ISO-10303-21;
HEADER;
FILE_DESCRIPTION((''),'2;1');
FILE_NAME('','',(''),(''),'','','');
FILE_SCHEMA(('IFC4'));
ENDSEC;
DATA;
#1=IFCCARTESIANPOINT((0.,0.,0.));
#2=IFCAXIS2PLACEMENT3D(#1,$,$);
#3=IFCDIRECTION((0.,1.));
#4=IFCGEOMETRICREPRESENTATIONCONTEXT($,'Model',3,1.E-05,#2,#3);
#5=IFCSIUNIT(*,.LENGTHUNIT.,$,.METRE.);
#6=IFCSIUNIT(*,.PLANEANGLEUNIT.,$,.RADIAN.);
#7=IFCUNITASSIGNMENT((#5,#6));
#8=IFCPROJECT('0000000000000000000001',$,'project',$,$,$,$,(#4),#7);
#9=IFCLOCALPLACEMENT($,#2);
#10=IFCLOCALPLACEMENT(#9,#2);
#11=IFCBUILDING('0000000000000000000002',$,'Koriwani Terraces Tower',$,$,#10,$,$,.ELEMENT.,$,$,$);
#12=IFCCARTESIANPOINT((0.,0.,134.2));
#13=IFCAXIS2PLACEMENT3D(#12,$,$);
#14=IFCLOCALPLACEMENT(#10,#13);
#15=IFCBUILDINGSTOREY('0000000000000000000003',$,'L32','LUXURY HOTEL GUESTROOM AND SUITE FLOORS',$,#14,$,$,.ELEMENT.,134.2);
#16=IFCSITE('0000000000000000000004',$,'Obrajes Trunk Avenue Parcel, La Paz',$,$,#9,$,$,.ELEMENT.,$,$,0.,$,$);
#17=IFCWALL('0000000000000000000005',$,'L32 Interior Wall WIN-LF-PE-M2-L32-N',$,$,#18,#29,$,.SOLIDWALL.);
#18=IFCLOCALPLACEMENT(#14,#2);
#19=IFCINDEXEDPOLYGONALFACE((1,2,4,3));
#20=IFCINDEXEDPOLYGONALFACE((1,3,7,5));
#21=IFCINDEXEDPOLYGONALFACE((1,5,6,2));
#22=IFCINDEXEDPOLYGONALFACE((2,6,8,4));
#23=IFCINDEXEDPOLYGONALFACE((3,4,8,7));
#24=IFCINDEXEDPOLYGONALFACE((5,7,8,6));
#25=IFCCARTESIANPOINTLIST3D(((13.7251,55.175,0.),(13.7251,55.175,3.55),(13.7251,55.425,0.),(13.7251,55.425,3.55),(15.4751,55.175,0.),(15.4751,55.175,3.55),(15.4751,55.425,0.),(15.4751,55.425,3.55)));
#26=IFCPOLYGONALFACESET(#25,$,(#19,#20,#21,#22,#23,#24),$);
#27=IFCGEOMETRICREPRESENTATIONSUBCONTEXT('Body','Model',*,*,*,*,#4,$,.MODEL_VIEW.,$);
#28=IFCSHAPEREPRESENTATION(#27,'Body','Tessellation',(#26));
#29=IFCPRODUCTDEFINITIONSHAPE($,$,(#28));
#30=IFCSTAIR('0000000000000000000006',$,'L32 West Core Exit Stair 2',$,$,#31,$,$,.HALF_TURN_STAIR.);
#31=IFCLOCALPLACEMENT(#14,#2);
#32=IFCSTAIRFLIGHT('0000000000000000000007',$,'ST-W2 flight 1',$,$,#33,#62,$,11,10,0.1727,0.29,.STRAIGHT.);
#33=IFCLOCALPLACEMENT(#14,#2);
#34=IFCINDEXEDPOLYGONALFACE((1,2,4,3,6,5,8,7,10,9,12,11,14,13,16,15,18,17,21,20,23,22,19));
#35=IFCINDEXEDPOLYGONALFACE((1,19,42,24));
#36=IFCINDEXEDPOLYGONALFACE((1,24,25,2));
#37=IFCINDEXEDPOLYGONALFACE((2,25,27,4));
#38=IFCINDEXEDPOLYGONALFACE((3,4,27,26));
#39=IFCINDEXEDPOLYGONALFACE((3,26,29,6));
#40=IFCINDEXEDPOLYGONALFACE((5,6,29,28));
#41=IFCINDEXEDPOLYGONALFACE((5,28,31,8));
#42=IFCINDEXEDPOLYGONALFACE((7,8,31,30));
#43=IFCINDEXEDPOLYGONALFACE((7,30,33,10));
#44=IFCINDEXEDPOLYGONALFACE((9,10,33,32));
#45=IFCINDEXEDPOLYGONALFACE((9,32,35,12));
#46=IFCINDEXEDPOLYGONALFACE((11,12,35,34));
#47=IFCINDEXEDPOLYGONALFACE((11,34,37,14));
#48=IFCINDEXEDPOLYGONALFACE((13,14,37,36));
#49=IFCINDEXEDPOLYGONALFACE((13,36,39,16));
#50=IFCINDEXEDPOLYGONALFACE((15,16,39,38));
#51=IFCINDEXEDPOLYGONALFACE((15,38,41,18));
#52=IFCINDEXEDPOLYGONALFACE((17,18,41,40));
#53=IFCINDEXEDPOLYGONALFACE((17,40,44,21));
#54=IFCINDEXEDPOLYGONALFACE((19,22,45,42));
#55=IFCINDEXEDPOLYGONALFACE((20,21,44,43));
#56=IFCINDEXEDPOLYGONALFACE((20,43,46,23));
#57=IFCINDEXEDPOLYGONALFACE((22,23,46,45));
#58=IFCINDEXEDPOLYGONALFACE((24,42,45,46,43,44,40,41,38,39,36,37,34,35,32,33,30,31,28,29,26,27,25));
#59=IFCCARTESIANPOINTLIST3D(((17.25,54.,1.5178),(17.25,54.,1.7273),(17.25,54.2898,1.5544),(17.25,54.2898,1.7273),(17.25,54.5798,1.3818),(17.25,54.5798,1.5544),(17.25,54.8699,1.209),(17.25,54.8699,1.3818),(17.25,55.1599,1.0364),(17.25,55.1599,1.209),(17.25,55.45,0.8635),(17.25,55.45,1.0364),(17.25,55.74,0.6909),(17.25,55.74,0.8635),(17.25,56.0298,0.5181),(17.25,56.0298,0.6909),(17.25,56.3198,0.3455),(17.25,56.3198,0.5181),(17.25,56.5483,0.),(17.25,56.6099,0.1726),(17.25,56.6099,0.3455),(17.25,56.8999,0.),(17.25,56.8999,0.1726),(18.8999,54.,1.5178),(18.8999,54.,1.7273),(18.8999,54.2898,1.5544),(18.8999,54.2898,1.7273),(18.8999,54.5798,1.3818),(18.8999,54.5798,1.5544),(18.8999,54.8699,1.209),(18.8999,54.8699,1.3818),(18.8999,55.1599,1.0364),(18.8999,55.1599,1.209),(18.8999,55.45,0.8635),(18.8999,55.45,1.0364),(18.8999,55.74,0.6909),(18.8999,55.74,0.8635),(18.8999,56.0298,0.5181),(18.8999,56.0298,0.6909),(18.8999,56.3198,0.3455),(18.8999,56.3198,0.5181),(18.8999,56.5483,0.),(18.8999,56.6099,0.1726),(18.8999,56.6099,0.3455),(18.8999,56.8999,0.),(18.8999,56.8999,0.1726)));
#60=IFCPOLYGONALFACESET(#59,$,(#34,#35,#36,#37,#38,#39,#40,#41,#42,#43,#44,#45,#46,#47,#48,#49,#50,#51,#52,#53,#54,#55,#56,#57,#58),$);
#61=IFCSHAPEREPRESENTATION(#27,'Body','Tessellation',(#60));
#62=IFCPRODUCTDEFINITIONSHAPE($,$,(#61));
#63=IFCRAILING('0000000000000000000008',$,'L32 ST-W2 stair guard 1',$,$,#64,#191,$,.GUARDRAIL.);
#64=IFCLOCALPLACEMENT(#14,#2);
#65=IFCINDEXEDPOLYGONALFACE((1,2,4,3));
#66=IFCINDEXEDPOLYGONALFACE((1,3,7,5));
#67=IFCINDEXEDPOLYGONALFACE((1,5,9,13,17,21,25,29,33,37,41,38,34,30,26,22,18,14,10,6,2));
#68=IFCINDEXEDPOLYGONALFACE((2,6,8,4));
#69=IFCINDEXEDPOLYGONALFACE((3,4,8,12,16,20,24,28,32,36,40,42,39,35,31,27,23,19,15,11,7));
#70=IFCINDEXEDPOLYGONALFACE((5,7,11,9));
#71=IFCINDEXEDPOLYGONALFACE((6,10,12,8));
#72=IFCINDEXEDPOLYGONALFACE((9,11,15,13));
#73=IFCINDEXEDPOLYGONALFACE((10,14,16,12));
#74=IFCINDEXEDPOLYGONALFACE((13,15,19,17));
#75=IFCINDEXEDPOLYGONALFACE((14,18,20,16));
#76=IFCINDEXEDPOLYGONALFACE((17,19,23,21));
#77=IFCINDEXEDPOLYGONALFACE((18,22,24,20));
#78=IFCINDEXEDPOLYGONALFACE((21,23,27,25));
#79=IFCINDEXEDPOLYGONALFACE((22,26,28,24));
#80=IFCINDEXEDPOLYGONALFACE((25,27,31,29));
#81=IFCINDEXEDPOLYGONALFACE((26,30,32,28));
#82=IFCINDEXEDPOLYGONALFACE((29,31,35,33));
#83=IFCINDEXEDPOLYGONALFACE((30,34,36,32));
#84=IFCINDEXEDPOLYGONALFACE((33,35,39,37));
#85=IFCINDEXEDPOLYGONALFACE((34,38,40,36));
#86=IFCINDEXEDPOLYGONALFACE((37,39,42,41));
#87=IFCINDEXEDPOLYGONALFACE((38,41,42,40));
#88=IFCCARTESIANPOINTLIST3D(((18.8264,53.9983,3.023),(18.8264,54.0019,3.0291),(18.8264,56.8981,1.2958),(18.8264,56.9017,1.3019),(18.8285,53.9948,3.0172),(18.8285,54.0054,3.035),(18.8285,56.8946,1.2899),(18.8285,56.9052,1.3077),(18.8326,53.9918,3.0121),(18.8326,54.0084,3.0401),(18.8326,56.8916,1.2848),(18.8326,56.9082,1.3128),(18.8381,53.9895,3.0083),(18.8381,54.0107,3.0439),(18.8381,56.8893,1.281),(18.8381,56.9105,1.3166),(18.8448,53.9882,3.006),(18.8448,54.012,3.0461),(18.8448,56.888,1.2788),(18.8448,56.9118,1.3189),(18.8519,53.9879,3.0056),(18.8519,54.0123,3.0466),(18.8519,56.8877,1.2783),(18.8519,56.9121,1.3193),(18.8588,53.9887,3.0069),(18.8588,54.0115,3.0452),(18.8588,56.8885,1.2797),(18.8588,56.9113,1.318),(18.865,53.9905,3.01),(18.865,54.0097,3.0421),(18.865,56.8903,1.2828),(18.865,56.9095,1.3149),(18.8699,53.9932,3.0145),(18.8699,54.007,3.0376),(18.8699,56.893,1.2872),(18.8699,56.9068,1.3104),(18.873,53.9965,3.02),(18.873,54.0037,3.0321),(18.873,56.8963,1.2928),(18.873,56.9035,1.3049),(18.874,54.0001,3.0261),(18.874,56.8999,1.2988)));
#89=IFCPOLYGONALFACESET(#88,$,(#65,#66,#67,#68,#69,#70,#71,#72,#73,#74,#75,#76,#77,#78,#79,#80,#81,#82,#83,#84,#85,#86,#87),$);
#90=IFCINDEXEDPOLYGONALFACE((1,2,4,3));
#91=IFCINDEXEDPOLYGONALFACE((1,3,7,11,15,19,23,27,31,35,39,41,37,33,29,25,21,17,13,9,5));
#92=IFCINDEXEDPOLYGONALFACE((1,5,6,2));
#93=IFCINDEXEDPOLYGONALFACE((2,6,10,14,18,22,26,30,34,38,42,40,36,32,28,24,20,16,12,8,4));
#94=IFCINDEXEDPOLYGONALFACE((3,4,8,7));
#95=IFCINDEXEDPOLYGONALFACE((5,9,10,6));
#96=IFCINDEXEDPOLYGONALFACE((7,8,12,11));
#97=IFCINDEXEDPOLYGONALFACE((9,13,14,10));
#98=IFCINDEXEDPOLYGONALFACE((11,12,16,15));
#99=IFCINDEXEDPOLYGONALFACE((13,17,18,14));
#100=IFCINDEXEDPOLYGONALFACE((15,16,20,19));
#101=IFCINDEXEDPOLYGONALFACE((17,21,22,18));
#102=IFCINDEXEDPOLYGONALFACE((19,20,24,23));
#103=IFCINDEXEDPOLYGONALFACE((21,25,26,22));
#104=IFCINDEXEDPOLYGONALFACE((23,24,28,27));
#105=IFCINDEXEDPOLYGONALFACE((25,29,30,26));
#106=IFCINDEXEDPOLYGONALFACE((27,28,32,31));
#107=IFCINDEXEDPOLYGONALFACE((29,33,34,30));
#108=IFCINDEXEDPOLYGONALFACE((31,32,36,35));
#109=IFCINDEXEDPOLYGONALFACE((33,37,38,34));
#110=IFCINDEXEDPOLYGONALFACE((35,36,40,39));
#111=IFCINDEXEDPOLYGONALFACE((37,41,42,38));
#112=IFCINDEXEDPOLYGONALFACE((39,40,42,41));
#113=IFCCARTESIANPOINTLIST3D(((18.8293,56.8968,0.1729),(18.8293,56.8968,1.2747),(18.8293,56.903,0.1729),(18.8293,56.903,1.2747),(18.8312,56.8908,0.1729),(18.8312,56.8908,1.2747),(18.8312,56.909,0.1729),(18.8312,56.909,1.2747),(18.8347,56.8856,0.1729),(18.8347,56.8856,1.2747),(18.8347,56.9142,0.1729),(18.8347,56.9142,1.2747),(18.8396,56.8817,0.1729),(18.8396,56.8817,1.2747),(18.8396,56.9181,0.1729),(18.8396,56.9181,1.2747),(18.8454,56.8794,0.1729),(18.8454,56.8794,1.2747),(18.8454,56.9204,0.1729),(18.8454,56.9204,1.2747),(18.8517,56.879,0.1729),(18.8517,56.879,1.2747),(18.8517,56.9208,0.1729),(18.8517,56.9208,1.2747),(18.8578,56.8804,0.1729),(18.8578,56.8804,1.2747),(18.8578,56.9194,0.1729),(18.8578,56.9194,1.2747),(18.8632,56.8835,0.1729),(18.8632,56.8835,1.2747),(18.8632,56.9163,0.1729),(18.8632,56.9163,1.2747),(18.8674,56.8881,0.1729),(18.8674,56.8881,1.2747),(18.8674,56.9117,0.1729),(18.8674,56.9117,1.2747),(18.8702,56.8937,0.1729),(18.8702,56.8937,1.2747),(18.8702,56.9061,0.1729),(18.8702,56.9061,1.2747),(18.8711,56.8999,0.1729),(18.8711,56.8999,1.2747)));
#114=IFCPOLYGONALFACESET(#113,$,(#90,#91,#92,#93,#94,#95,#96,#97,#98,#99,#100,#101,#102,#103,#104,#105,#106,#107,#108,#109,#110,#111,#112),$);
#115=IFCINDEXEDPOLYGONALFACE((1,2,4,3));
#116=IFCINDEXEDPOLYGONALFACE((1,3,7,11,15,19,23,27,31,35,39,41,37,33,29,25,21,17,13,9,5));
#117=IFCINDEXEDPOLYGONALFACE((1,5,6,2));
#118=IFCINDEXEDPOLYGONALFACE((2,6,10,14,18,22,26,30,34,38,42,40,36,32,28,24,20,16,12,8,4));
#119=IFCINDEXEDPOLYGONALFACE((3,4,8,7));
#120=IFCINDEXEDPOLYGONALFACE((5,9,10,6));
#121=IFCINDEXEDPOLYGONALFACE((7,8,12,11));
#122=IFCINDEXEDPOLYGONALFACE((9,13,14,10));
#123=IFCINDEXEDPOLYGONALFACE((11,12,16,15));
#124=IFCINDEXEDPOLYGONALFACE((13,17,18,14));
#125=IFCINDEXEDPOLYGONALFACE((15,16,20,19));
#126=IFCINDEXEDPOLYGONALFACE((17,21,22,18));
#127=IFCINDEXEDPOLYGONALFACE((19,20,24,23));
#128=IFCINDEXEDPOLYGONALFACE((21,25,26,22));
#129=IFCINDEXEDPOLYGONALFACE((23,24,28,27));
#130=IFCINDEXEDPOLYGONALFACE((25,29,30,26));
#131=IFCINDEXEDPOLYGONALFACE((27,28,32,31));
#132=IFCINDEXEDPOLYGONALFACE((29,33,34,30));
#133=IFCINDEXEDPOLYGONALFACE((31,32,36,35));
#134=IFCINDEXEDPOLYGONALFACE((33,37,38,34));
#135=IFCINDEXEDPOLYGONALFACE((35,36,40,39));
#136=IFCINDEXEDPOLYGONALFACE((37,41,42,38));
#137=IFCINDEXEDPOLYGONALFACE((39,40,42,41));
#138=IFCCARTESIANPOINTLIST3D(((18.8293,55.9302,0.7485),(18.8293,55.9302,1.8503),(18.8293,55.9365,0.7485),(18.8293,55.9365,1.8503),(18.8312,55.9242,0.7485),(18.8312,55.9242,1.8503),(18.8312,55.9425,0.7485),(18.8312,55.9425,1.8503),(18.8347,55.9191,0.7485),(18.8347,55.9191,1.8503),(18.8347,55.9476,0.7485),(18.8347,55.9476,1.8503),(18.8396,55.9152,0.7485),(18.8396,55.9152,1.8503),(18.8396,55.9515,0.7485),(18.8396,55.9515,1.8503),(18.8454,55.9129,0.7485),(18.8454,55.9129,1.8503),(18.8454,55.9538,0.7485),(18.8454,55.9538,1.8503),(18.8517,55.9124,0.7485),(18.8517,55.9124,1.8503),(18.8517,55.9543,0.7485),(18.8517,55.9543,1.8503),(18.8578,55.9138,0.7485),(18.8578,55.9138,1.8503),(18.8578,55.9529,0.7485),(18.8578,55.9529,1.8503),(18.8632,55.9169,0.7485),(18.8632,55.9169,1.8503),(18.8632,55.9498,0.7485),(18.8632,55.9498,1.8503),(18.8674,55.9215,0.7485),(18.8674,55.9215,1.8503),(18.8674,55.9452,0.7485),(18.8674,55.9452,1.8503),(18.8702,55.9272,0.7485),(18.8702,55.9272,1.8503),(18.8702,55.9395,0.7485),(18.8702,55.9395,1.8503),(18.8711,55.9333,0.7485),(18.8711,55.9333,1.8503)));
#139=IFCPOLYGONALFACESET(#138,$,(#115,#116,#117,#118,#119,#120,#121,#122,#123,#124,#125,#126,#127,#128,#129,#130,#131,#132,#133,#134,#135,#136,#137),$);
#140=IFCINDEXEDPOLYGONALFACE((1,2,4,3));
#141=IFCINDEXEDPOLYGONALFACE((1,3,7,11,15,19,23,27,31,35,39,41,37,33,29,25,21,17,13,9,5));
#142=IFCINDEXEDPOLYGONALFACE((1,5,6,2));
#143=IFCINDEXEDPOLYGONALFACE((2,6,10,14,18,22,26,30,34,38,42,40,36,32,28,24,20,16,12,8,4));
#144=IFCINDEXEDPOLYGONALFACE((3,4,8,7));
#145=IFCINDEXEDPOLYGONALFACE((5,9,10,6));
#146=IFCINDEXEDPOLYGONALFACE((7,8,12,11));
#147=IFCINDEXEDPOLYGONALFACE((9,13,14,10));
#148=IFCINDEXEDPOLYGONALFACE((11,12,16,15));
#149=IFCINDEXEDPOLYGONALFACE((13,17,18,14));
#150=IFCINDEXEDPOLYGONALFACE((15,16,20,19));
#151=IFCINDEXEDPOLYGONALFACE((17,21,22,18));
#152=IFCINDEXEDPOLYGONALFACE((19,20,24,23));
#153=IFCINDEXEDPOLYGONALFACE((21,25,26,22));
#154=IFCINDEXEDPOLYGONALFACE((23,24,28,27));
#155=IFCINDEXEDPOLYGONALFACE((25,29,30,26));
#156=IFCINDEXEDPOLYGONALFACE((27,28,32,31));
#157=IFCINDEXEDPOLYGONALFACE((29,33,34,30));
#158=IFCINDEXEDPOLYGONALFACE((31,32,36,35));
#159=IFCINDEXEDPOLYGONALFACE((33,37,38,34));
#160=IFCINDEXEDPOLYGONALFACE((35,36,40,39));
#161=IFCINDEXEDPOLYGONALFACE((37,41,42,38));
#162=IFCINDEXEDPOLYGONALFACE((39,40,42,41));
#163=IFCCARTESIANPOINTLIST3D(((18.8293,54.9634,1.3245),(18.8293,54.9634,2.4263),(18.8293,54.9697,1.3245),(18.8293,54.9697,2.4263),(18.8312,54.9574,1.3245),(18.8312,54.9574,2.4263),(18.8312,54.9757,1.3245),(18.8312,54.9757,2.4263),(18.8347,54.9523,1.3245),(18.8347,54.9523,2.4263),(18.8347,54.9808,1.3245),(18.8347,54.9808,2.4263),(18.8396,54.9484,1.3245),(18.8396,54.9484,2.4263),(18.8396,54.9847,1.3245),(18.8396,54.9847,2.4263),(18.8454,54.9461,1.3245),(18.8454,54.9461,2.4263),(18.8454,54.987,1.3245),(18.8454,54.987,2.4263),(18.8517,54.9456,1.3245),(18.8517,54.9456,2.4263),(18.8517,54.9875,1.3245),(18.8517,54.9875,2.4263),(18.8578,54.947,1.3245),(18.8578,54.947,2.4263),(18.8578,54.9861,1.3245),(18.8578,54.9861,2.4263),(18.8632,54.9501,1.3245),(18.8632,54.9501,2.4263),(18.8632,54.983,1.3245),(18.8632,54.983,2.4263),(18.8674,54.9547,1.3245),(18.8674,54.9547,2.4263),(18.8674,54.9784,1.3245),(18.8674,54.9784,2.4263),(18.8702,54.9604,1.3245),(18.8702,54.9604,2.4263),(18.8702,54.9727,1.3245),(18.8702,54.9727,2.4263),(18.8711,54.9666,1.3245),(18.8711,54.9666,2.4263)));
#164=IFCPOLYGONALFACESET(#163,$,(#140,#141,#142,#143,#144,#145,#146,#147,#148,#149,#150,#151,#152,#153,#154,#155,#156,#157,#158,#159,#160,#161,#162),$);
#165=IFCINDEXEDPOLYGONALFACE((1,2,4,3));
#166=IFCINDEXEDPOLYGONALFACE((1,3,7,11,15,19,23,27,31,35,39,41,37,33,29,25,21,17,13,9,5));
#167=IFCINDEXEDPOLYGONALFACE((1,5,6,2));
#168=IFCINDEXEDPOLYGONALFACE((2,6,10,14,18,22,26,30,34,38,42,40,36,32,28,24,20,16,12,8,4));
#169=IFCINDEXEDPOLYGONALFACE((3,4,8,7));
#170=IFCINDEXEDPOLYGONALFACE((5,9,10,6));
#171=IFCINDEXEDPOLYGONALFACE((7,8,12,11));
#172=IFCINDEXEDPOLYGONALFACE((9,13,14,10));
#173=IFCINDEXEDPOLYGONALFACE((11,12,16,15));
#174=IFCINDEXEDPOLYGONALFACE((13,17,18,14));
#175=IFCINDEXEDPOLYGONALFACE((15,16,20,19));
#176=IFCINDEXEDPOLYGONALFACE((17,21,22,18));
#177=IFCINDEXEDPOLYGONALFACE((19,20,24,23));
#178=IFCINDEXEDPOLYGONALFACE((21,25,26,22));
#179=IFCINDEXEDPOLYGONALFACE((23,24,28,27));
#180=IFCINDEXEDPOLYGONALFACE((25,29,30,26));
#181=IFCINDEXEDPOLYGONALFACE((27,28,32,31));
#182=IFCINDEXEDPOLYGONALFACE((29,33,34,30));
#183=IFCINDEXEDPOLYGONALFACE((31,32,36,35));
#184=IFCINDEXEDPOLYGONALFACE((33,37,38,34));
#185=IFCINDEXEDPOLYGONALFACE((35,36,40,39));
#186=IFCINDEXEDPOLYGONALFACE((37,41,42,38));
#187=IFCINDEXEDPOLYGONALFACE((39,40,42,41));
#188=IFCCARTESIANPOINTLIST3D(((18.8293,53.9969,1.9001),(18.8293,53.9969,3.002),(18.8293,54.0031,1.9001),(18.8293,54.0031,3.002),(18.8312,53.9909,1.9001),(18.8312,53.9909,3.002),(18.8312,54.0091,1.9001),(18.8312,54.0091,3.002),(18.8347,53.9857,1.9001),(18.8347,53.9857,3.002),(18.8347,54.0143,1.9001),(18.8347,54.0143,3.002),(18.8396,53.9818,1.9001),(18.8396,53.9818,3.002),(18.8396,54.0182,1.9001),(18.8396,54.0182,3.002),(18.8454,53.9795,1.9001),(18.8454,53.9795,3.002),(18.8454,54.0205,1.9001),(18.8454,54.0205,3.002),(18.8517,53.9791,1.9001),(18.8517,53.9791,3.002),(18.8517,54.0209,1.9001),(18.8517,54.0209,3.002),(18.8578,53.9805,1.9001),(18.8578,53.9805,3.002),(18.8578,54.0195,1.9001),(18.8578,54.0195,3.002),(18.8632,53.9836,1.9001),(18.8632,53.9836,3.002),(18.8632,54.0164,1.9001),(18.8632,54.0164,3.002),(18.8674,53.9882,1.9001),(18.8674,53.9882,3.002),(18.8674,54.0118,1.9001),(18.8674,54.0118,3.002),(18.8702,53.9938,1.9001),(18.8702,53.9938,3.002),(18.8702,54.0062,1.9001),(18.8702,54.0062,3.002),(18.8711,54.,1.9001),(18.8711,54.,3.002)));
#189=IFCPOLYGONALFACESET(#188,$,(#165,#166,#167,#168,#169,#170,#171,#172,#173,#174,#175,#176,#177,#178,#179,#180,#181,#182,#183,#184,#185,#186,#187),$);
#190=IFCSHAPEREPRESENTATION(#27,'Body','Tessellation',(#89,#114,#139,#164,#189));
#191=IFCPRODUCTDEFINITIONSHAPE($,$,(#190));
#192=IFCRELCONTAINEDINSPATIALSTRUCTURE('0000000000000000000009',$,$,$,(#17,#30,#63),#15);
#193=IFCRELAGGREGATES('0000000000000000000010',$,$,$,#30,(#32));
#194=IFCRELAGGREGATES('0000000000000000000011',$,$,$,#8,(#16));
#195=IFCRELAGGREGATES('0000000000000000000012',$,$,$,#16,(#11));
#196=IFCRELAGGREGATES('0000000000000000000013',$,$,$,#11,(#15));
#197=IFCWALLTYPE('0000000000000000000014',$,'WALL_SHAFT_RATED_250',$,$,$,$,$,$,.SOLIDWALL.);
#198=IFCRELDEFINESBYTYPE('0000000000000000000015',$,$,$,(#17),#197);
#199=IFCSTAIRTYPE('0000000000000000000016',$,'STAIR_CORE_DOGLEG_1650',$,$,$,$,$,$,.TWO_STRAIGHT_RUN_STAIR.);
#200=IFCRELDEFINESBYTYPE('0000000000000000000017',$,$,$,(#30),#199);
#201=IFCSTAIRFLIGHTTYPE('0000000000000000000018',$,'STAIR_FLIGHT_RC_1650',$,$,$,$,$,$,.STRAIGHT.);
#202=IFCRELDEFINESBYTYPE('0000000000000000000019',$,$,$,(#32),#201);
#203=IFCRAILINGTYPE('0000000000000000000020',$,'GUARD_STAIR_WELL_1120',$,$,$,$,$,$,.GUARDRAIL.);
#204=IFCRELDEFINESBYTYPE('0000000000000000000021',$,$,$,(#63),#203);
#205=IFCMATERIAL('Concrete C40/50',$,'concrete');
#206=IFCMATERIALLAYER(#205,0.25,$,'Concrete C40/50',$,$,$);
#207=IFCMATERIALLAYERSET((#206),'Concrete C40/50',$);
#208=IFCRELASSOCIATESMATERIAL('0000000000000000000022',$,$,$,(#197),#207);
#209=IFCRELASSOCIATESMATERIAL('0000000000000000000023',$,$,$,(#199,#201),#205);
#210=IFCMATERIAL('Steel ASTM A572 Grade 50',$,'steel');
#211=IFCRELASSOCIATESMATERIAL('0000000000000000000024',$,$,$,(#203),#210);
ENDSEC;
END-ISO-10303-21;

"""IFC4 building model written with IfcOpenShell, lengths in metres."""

from ifc_helpers import new_model, si_unit, direction, frame, frame_2d, origin, origin_2d, place, context, subcontext, project, spatial, polyline, rectangle, circle, outline, extrude, material, layer, layer_set, type_object, element, aggregate, save


model = new_model("IFC4")

# Units and contexts
model_context = context("Model", 3, precision=1e-05, world=origin(), true_north=direction((0.0, 1.0)))
body_context = subcontext(model_context, "Body", "Model", "MODEL_VIEW")
ifc_project = project(units=[si_unit("LENGTHUNIT", "METRE"), si_unit("PLANEANGLEUNIT", "RADIAN")], contexts=[model_context])

# Site, building, storey
site_placement = place(None, origin())
site = spatial("IfcSite", under=ifc_project, at=site_placement, Name="Obrajes Trunk Avenue Parcel, La Paz", CompositionType="ELEMENT", RefElevation=0.0)
building_placement = place(site_placement, origin())
building = spatial("IfcBuilding", under=site, at=building_placement, Name="Koriwani Terraces Tower", CompositionType="ELEMENT")
storey_placement = place(building_placement, frame((0.0, 0.0, 134.2)))
storey = spatial("IfcBuildingStorey", under=building, at=storey_placement, Name="L32", Description="LUXURY HOTEL GUESTROOM AND SUITE FLOORS", CompositionType="ELEMENT", Elevation=134.2)

# Shared definitions
ifc_material_1 = material(Name="Concrete C40/50", Category="concrete")
ifc_material_2 = material(Name="Steel ASTM A572 Grade 50", Category="steel")

# Shared definitions
ifc_layer_1 = layer(ifc_material_1, 0.25, Name="Concrete C40/50")
ifc_layer_set_1 = layer_set([ifc_layer_1], Name="Concrete C40/50")
wall_type_1 = type_object("IfcWallType", Name="WALL_SHAFT_RATED_250", PredefinedType="SOLIDWALL", material=ifc_layer_set_1)

# Wall
wall_1_placement = place(storey_placement, frame((13.7251, 55.3, 0.0), z_axis=(0.0, 0.0, 1.0), x_axis=(1.0, 0.0, 0.0)))
element("IfcWall", 1, at=wall_1_placement, inside=storey, type_object=wall_type_1, Name="L32 Interior Wall WIN-LF-PE-M2-L32-N", PredefinedType="SOLIDWALL", context=body_context, shape_type="SweptSolid", body=[
    extrude(rectangle(XDim=1.75, YDim=0.25, at=frame_2d((0.875, 0.0))), origin(), (0.0, 0.0, 1.0), 3.55),
])

# Stair, stair flight
stair_type = type_object("IfcStairType", Name="STAIR_CORE_DOGLEG_1650", PredefinedType="TWO_STRAIGHT_RUN_STAIR", material=ifc_material_1)
stair_placement = place(storey_placement, origin())
stair = element("IfcStair", 2, at=stair_placement, inside=storey, type_object=stair_type, Name="L32 West Core Exit Stair 2", PredefinedType="HALF_TURN_STAIR")
stair_flight_type = type_object("IfcStairFlightType", Name="STAIR_FLIGHT_RC_1650", PredefinedType="STRAIGHT", material=ifc_material_1)
stair_flight_placement = place(storey_placement, frame((18.075, 56.8999, 0.0), z_axis=(0.0, 0.0, 1.0), x_axis=(0.0, -1.0, 0.0)))
stair_flight = element("IfcStairFlight", 3, at=stair_flight_placement, type_object=stair_flight_type, Name="ST-W2 flight 1", NumberOfRisers=11, NumberOfTreads=10, PredefinedType="STRAIGHT", RiserHeight=0.1727, TreadLength=0.29, context=body_context, shape_type="SweptSolid", body=[
    extrude(outline(polyline([(0.0, 0.0), (0.0, 0.1726), (0.29, 0.1726), (0.29, 0.3455), (0.5801, 0.3455), (0.5801, 0.5181), (0.8701, 0.5181), (0.8701, 0.6909), (1.1599, 0.6909), (1.1599, 0.8635), (1.45, 0.8635), (1.45, 1.0364), (1.74, 1.0364), (1.74, 1.209), (2.03, 1.209), (2.03, 1.3818), (2.3201, 1.3818), (2.3201, 1.5544), (2.6101, 1.5544), (2.6101, 1.7273), (2.8999, 1.7273), (2.8999, 1.8999), (2.8999, 1.5178), (0.3516, 0.0), (0.0, 0.0)])), frame((0.0, 0.825, 0.0), z_axis=(0.0, -1.0, 0.0), x_axis=(1.0, 0.0, 0.0)), (0.0, 0.0, 1.0), 1.6499),
])
aggregate(stair, [stair_flight])

# Railing
railing_type_1 = type_object("IfcRailingType", Name="GUARD_STAIR_WELL_1120", PredefinedType="GUARDRAIL", material=ifc_material_2)
railing_1_placement = place(storey_placement, frame((18.8501, 56.8999, 0.1729)))
element("IfcRailing", 4, at=railing_1_placement, inside=storey, type_object=railing_type_1, Name="L32 ST-W2 stair guard 1", PredefinedType="GUARDRAIL", context=body_context, shape_type="SweptSolid", body=[
    extrude(circle(Radius=0.0239, at=origin_2d()), frame((0.0, 0.0, 1.126), z_axis=(0.0, -0.859141, 0.511738), x_axis=(1.0, 0.0, 0.0)), (0.0, 0.0, 1.0), 3.3752),
    extrude(circle(Radius=0.021, at=origin_2d()), origin(), (0.0, 0.0, 1.0), 1.1018),
    extrude(circle(Radius=0.021, at=origin_2d()), frame((0.0, -0.9666, 0.5757)), (0.0, 0.0, 1.0), 1.1018),
    extrude(circle(Radius=0.021, at=origin_2d()), frame((0.0, -1.9333, 1.1516)), (0.0, 0.0, 1.0), 1.1018),
    extrude(circle(Radius=0.021, at=origin_2d()), frame((0.0, -2.8999, 1.7273)), (0.0, 0.0, 1.0), 1.1018),
])

save(model, "model.ifc")
